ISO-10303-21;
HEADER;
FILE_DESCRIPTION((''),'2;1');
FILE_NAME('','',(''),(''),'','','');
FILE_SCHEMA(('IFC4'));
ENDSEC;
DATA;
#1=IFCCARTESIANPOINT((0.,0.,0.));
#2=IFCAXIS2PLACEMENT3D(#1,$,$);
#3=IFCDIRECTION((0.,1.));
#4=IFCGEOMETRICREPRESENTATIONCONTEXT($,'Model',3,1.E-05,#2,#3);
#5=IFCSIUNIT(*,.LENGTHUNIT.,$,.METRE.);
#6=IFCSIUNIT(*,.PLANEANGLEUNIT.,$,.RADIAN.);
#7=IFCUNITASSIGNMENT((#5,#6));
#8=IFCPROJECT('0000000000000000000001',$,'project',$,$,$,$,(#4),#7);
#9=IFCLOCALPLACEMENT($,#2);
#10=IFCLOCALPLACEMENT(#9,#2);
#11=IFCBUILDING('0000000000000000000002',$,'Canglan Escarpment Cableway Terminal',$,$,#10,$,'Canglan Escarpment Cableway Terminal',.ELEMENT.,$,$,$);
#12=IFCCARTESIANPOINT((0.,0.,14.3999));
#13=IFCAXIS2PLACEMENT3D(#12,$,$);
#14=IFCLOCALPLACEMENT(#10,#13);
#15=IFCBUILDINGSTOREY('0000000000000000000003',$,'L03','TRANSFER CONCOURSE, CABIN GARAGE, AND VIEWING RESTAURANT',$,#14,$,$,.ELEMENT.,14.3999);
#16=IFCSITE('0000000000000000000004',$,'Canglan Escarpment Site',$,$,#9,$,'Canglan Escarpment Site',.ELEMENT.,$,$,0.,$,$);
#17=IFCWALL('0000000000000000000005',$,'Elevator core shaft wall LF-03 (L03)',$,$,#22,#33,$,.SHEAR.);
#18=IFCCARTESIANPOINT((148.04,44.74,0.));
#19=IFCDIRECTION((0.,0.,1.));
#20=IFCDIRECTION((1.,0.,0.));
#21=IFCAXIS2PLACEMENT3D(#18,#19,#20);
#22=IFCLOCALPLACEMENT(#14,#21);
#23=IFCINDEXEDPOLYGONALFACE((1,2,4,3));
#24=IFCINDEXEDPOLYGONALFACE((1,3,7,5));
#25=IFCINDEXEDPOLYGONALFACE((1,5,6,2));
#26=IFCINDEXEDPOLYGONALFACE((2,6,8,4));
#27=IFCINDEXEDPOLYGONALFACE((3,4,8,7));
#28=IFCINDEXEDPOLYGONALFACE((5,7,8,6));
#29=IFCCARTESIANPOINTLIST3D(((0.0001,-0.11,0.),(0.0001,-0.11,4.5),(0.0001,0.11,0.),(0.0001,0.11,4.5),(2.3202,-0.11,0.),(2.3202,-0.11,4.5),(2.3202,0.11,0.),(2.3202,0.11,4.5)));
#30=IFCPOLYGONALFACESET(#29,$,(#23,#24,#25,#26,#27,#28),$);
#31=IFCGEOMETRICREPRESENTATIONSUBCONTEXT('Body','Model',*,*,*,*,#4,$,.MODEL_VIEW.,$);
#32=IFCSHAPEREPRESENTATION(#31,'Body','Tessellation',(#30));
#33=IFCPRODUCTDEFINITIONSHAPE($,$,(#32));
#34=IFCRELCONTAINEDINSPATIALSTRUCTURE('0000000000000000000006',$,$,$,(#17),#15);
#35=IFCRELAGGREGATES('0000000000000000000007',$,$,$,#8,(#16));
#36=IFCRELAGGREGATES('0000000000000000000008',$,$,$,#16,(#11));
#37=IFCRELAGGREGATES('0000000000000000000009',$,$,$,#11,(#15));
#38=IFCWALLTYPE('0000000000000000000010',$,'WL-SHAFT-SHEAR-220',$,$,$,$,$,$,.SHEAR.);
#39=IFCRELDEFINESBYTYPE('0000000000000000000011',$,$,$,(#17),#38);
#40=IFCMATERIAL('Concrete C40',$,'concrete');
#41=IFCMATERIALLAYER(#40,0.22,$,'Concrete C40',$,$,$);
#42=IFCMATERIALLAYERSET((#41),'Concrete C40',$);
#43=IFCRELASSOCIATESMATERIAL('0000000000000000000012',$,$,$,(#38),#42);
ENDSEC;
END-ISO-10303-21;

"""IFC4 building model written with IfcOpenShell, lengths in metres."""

from ifc_helpers import new_model, si_unit, direction, frame, frame_2d, origin, place, context, subcontext, project, spatial, rectangle, extrude, material, layer, layer_set, type_object, element, save


model = new_model("IFC4")

# Units and contexts
model_context = context("Model", 3, precision=1e-05, world=origin(), true_north=direction((0.0, 1.0)))
body_context = subcontext(model_context, "Body", "Model", "MODEL_VIEW")
ifc_project = project(units=[si_unit("LENGTHUNIT", "METRE"), si_unit("PLANEANGLEUNIT", "RADIAN")], contexts=[model_context])

# Site, building, storey
site_placement = place(None, origin())
site = spatial("IfcSite", under=ifc_project, at=site_placement, Name="Canglan Escarpment Site", LongName="Canglan Escarpment Site", CompositionType="ELEMENT", RefElevation=0.0)
building_placement = place(site_placement, origin())
building = spatial("IfcBuilding", under=site, at=building_placement, Name="Canglan Escarpment Cableway Terminal", LongName="Canglan Escarpment Cableway Terminal", CompositionType="ELEMENT")
storey_placement = place(building_placement, frame((0.0, 0.0, 14.3999)))
storey = spatial("IfcBuildingStorey", under=building, at=storey_placement, Name="L03", Description="TRANSFER CONCOURSE, CABIN GARAGE, AND VIEWING RESTAURANT", CompositionType="ELEMENT", Elevation=14.3999)

# Shared definitions
ifc_material_1 = material(Name="Concrete C40", Category="concrete")

# Wall
ifc_layer_1 = layer(ifc_material_1, 0.22, Name="Concrete C40")
ifc_layer_set_1 = layer_set([ifc_layer_1], Name="Concrete C40")
wall_type_1 = type_object("IfcWallType", Name="WL-SHAFT-SHEAR-220", PredefinedType="SHEAR", material=ifc_layer_set_1)
wall_1_placement = place(storey_placement, frame((148.04, 44.74, 0.0), z_axis=(0.0, 0.0, 1.0), x_axis=(1.0, 0.0, 0.0)))
element("IfcWall", 1, at=wall_1_placement, inside=storey, type_object=wall_type_1, Name="Elevator core shaft wall LF-03 (L03)", PredefinedType="SHEAR", context=body_context, shape_type="SweptSolid", body=[
    extrude(rectangle(XDim=2.3201, YDim=0.22, at=frame_2d((1.1602, 0.0))), origin(), (0.0, 0.0, 1.0), 4.5),
])

save(model, "model.ifc")
